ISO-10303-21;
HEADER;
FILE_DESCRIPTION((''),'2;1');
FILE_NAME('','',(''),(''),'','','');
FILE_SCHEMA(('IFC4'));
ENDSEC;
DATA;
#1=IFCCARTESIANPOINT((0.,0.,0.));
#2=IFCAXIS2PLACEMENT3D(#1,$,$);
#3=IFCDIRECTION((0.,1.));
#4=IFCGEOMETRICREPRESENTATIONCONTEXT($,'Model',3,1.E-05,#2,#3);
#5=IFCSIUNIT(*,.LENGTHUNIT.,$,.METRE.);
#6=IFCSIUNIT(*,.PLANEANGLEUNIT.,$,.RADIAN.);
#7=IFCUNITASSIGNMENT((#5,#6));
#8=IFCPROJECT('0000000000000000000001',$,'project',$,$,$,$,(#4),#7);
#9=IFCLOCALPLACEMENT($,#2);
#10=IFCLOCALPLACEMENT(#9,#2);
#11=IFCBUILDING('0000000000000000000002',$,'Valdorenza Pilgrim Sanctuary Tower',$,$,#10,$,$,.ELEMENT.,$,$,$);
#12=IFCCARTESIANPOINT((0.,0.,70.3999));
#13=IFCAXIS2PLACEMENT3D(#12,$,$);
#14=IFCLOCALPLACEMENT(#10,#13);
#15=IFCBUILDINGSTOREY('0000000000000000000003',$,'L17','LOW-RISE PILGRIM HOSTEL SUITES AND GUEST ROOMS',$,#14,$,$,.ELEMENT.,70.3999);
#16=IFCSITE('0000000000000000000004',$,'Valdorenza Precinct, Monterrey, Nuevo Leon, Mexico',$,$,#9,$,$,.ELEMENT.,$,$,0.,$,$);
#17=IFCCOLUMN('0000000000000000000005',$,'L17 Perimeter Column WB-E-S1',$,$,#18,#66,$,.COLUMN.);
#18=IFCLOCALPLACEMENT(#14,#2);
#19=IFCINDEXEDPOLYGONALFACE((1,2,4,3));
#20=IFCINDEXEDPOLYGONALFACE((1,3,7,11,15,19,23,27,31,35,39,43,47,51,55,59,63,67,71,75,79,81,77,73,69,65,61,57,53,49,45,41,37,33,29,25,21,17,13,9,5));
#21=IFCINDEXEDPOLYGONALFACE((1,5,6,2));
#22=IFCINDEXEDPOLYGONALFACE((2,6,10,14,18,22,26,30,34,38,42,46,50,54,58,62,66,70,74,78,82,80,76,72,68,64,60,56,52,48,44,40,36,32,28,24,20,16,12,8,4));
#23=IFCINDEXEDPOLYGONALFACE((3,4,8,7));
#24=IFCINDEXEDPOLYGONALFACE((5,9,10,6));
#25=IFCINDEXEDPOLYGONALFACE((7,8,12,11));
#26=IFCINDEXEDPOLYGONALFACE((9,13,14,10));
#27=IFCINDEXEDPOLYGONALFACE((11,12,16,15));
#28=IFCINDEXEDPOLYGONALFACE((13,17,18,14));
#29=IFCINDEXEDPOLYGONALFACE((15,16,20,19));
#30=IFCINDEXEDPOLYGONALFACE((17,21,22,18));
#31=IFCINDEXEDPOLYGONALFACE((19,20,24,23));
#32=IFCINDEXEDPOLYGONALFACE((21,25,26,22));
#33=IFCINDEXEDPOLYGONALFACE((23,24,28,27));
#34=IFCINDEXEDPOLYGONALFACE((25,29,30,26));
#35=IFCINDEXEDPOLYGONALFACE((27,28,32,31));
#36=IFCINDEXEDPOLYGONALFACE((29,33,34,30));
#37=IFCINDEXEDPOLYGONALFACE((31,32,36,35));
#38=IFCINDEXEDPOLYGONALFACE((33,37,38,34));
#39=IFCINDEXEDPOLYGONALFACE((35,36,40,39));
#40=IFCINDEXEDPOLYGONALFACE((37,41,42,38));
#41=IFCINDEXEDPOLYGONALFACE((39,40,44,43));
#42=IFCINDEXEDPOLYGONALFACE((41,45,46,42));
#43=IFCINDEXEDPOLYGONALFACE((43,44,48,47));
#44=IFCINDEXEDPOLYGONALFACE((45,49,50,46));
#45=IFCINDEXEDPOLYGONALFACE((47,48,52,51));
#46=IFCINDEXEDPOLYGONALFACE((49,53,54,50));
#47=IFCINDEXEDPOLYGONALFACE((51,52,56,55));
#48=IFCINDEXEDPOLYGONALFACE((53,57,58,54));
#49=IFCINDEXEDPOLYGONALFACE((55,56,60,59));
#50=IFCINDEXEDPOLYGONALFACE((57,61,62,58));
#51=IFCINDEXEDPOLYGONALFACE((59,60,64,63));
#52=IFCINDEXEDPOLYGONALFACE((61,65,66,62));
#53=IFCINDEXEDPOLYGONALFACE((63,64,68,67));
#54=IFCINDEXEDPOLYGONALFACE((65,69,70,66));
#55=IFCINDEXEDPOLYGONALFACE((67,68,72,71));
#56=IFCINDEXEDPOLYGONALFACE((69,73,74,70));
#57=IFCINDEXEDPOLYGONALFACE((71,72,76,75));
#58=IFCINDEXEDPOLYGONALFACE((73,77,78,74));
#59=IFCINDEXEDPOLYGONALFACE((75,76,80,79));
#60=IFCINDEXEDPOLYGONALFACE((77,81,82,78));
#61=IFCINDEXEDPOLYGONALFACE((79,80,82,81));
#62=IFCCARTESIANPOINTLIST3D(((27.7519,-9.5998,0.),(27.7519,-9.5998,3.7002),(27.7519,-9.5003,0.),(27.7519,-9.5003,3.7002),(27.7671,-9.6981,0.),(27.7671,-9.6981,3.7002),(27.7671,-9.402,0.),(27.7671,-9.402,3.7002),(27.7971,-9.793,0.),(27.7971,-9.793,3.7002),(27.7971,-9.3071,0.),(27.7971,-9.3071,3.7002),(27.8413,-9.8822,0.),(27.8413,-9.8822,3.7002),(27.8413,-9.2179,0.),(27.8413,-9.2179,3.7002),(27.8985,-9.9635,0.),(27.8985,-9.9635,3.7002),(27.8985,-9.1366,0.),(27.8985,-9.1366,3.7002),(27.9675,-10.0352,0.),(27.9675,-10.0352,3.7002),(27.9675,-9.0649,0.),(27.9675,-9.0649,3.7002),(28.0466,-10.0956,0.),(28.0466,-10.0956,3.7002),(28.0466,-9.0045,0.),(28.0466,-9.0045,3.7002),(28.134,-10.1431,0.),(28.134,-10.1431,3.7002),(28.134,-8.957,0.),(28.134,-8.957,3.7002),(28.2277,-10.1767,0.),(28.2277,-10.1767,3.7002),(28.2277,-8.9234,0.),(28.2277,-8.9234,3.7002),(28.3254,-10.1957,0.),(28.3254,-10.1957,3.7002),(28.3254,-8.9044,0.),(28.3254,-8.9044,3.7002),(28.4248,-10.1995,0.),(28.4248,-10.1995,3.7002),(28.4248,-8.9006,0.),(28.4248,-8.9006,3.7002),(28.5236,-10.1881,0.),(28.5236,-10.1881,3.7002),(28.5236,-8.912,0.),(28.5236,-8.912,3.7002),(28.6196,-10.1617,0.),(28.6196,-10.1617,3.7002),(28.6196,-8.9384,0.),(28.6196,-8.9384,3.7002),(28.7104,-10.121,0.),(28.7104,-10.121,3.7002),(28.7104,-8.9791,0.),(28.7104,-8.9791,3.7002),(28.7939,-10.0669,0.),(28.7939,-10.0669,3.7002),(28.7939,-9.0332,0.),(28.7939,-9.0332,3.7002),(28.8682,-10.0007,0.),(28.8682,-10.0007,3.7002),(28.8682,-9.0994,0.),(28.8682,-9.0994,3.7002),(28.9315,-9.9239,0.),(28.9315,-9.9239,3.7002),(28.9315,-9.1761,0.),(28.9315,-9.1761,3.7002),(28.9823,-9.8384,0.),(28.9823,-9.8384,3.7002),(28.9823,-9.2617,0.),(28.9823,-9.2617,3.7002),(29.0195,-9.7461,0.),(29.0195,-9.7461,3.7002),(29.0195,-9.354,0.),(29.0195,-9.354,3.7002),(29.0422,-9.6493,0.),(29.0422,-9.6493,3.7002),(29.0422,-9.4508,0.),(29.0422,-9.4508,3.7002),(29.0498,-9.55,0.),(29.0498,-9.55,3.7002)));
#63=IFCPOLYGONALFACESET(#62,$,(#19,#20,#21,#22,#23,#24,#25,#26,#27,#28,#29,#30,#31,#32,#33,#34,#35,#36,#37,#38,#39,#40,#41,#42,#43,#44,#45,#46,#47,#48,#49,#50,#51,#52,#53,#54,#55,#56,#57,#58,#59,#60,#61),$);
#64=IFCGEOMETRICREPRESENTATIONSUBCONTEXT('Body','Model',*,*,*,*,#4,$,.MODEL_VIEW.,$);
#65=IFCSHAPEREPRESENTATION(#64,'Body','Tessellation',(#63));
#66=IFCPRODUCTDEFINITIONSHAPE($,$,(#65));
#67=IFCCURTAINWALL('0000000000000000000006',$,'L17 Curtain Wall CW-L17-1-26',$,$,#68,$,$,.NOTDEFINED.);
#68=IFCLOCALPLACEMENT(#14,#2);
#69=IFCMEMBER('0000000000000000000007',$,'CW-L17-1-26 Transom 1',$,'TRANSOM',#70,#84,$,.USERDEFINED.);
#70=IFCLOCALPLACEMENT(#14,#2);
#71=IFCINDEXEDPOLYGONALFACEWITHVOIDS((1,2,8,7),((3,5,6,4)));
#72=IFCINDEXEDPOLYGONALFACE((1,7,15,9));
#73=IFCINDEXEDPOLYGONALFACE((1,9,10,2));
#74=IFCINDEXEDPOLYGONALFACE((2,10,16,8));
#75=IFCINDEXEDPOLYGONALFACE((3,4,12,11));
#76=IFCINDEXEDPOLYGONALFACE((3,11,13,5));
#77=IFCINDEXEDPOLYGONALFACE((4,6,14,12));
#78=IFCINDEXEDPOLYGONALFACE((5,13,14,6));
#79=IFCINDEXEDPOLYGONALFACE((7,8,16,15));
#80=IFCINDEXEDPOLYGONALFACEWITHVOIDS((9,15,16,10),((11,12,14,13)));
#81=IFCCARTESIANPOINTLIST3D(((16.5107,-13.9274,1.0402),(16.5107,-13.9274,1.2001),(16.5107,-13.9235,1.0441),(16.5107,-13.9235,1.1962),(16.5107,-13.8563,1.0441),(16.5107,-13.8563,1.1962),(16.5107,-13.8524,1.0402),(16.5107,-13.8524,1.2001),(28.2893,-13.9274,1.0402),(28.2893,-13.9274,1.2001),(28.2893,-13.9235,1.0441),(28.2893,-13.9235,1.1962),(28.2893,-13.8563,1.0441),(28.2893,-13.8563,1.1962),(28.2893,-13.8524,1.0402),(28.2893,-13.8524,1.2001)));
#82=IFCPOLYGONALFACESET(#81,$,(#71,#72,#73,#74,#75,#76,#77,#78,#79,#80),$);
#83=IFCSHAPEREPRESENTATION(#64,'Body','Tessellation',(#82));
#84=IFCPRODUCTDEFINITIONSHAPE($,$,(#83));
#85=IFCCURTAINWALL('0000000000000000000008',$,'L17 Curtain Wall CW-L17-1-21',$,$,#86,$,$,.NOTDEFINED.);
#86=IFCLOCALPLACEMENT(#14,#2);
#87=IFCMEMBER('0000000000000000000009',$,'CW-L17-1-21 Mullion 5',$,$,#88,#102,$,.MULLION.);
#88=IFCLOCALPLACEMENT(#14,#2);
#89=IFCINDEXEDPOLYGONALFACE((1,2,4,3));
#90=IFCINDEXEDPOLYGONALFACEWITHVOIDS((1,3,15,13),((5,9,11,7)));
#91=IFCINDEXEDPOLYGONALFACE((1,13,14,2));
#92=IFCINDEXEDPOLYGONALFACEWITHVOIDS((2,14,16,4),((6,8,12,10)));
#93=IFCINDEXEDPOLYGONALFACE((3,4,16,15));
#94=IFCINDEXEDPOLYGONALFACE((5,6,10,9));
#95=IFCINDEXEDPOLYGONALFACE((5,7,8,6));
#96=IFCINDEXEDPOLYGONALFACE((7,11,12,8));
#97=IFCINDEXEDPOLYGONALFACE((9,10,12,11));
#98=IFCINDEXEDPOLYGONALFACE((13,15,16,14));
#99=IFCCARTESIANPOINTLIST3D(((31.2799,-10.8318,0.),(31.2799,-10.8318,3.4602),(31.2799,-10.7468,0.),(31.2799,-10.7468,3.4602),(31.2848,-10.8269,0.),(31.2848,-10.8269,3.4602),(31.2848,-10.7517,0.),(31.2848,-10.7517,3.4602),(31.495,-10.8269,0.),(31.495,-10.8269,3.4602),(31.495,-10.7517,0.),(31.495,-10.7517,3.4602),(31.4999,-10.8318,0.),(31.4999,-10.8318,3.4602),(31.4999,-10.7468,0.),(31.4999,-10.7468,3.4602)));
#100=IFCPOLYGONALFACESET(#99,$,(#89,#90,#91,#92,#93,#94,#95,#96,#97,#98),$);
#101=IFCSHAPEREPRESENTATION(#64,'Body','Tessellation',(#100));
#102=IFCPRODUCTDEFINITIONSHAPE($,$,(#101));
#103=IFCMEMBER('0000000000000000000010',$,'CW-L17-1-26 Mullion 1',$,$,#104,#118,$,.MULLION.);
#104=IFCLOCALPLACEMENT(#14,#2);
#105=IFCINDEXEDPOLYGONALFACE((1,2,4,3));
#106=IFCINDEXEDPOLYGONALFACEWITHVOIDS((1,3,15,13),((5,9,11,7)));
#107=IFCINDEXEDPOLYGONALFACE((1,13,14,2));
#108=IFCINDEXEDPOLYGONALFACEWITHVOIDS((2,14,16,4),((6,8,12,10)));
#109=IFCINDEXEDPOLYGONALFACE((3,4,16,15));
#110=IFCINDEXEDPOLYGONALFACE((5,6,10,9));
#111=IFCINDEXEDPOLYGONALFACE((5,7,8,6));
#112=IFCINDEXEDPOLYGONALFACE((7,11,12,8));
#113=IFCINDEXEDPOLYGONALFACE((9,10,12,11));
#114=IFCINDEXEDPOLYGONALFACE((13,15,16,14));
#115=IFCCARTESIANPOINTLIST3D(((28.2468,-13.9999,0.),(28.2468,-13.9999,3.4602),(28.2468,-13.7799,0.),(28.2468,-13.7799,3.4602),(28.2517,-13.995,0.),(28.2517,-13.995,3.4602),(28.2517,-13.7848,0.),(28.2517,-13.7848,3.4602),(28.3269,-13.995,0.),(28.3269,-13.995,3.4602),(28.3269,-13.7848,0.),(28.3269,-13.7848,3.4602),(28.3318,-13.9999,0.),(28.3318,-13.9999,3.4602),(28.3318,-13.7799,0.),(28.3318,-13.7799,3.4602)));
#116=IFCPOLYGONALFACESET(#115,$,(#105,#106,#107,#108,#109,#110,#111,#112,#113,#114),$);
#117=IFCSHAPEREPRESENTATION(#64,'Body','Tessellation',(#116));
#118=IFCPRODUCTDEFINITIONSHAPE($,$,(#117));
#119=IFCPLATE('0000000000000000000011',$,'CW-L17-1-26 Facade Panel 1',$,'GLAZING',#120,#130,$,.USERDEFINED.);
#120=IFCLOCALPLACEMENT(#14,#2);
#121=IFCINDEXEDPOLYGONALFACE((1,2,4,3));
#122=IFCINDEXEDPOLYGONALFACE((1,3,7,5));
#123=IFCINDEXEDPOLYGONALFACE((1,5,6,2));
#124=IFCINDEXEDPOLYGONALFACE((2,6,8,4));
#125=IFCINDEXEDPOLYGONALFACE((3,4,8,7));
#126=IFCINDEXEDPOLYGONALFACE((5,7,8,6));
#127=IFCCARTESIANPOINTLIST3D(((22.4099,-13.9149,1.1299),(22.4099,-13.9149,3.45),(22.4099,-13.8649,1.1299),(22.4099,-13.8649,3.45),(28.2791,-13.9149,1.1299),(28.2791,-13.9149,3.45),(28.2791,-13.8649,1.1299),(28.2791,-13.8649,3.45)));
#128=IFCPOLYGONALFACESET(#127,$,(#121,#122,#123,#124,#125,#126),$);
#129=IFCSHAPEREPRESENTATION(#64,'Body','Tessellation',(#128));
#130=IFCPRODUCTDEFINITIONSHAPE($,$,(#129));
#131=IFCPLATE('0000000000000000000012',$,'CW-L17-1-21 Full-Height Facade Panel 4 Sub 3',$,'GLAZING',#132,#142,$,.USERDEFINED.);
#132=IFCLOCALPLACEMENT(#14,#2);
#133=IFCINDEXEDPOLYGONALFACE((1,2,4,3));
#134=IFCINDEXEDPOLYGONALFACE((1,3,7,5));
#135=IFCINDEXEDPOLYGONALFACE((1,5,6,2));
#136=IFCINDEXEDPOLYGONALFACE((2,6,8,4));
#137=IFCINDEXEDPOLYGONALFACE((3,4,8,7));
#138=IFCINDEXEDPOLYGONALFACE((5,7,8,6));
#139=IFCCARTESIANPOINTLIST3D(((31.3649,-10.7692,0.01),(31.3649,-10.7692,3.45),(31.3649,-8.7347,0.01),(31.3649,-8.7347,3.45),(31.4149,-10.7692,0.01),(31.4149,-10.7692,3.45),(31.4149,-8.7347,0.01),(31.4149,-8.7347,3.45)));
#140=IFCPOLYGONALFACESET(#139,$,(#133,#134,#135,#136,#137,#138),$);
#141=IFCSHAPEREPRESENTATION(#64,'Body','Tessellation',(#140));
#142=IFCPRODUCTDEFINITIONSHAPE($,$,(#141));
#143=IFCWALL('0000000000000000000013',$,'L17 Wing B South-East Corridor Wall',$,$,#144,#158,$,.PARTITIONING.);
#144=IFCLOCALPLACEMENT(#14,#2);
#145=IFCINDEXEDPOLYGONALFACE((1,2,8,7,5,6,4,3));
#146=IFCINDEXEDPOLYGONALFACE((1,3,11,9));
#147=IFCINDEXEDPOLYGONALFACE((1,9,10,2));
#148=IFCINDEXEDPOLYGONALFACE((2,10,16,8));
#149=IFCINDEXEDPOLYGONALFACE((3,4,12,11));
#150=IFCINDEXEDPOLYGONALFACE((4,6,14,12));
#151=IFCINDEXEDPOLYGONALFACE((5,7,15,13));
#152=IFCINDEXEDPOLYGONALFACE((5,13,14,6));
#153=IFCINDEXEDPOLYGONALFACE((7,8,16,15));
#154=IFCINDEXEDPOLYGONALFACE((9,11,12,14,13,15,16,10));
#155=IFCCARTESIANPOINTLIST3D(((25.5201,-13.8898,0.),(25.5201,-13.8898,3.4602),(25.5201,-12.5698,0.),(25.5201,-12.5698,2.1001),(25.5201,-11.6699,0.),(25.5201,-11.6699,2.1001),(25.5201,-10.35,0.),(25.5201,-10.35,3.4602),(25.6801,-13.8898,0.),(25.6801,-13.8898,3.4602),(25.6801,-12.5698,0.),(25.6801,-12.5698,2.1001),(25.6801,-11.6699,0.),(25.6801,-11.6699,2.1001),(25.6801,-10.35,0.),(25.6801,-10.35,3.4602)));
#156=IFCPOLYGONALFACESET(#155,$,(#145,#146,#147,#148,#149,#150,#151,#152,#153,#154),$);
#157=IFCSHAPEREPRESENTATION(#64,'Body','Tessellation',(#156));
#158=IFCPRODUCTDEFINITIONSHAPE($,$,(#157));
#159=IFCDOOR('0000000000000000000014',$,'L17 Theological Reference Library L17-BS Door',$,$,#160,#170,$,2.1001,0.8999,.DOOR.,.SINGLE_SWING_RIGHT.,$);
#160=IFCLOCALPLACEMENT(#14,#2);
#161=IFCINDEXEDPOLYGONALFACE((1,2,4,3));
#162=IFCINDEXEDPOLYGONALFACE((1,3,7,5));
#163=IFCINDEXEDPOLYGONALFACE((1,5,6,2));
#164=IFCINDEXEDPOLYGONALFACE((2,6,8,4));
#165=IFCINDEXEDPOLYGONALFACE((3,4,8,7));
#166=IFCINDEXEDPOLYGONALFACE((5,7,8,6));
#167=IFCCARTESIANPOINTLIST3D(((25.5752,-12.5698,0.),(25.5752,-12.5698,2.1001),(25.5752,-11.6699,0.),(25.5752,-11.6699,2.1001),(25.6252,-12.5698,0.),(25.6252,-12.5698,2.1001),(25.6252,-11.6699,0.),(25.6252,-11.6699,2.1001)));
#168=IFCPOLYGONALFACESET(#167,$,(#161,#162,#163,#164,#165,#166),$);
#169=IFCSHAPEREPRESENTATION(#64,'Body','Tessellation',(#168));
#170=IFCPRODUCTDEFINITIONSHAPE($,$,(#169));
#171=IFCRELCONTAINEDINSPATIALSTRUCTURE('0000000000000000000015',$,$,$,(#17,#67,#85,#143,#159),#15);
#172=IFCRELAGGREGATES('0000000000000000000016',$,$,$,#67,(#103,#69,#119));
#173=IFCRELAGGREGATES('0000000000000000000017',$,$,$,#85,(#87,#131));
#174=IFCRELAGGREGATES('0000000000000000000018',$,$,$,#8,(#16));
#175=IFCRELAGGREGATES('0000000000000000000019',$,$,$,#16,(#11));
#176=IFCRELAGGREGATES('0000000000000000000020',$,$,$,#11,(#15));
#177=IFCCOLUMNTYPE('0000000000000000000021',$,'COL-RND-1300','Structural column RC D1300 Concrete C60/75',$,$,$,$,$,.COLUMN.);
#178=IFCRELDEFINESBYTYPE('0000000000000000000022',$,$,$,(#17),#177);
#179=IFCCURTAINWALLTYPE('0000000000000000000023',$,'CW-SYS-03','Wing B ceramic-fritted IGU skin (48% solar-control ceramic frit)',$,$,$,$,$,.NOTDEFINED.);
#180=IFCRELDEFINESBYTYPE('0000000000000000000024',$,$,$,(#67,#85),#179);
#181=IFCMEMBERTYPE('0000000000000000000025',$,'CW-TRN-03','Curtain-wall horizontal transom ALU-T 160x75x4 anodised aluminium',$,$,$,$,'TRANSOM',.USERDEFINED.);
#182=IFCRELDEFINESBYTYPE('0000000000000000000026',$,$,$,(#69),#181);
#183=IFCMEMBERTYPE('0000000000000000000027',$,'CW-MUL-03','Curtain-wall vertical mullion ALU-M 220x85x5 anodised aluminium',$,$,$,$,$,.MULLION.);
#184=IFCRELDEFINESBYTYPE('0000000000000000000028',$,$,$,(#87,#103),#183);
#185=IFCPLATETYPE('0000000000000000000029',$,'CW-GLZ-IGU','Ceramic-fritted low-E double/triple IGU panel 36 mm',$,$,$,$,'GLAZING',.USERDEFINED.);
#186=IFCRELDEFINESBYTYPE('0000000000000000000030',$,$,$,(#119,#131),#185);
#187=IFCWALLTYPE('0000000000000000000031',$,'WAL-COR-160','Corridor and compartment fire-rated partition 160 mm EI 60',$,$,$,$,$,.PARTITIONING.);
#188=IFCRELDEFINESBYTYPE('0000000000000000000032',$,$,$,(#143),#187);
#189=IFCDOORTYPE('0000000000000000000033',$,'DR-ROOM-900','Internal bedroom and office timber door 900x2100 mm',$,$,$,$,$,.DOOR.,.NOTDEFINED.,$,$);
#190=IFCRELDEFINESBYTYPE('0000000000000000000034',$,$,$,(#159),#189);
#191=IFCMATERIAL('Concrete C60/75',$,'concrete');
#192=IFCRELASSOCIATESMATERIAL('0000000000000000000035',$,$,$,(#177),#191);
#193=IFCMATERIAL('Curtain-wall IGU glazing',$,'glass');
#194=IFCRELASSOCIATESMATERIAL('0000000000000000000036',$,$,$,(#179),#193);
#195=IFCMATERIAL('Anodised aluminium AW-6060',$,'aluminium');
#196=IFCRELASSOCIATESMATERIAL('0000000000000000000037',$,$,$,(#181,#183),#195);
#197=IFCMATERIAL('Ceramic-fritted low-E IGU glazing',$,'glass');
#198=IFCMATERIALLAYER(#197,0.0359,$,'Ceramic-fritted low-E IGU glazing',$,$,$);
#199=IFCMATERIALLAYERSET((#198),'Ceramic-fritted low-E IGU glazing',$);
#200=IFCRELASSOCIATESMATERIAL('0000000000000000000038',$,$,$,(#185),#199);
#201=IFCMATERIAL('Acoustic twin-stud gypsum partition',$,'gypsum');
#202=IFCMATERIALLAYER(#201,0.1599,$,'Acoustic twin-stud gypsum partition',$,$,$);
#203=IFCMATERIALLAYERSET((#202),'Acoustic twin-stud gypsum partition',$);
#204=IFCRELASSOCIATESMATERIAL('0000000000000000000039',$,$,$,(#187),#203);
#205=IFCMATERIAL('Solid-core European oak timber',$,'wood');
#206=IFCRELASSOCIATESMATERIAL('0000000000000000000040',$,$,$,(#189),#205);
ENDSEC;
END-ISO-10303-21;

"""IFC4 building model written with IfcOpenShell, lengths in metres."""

from ifc_helpers import new_model, si_unit, direction, frame, frame_2d, origin, origin_2d, place, context, subcontext, project, spatial, rectangle, hollow_rectangle, circle, extrude, source, transform, mapped, material, layer, layer_set, material_profile, profile_set, type_object, element, fill, aggregate, save


model = new_model("IFC4")

# Units and contexts
model_context = context("Model", 3, precision=1e-05, world=origin(), true_north=direction((0.0, 1.0)))
body_context = subcontext(model_context, "Body", "Model", "MODEL_VIEW")
ifc_project = project(units=[si_unit("LENGTHUNIT", "METRE"), si_unit("PLANEANGLEUNIT", "RADIAN")], contexts=[model_context])

# Site, building, storey
site_placement = place(None, origin())
site = spatial("IfcSite", under=ifc_project, at=site_placement, Name="Valdorenza Precinct, Monterrey, Nuevo Leon, Mexico", CompositionType="ELEMENT", RefElevation=0.0)
building_placement = place(site_placement, origin())
building = spatial("IfcBuilding", under=site, at=building_placement, Name="Valdorenza Pilgrim Sanctuary Tower", CompositionType="ELEMENT")
storey_placement = place(building_placement, frame((0.0, 0.0, 70.3999)))
storey = spatial("IfcBuildingStorey", under=building, at=storey_placement, Name="L17", Description="LOW-RISE PILGRIM HOSTEL SUITES AND GUEST ROOMS", CompositionType="ELEMENT", Elevation=70.3999)

# Column
ifc_material_1 = material(Name="Concrete C60/75", Category="concrete")
ifc_material_profile_1 = material_profile(ifc_material_1, circle(Radius=0.6499, at=origin_2d()), Name="RC D1300")
ifc_profile_set_1 = profile_set([ifc_material_profile_1], Name="Concrete C60/75")
column_type = type_object("IfcColumnType", Name="COL-RND-1300", Description="Structural column RC D1300 Concrete C60/75", PredefinedType="COLUMN", material=ifc_profile_set_1)
shared_shape_1 = source(origin(), body_context, "Body", "SweptSolid", [
    extrude(circle(Radius=0.6499, at=origin_2d()), origin(), (0.0, 0.0, 1.0), 3.7002),
])
column_placement = place(storey_placement, frame((28.3999, -9.55, 0.0), z_axis=(0.0, 0.0, 1.0), x_axis=(1.0, 0.0, 0.0)))
element("IfcColumn", 1, at=column_placement, inside=storey, type_object=column_type, Name="L17 Perimeter Column WB-E-S1", PredefinedType="COLUMN", context=body_context, shape_type="MappedRepresentation", body=[
    mapped(shared_shape_1, transform((0.0, 0.0, 0.0), x_axis=(1.0, 0.0, 0.0), y_axis=(0.0, 1.0, 0.0), z_axis=(0.0, 0.0, 1.0), scale=1.0)),
])

# Curtain walls, members
ifc_material_2 = material(Name="Curtain-wall IGU glazing", Category="glass")
curtain_wall_type = type_object("IfcCurtainWallType", Name="CW-SYS-03", Description="Wing B ceramic-fritted IGU skin (48% solar-control ceramic frit)", PredefinedType="NOTDEFINED", material=ifc_material_2)
curtain_wall_1_placement = place(storey_placement, origin())
curtain_wall_1 = element("IfcCurtainWall", 2, at=curtain_wall_1_placement, inside=storey, type_object=curtain_wall_type, Name="L17 Curtain Wall CW-L17-1-26", PredefinedType="NOTDEFINED")
ifc_material_3 = material(Name="Anodised aluminium AW-6060", Category="aluminium")
ifc_material_profile_2 = material_profile(ifc_material_3, hollow_rectangle(XDim=0.075, YDim=0.1599, WallThickness=0.0039, at=origin_2d()), Name="ALU-T 160x75x4")
ifc_profile_set_2 = profile_set([ifc_material_profile_2], Name="Anodised aluminium AW-6060")
member_type_1 = type_object("IfcMemberType", Name="CW-TRN-03", Description="Curtain-wall horizontal transom ALU-T 160x75x4 anodised aluminium", ElementType="TRANSOM", PredefinedType="USERDEFINED", material=ifc_profile_set_2)
shared_shape_2 = source(origin(), body_context, "Body", "SweptSolid", [
    extrude(hollow_rectangle(XDim=0.075, YDim=0.1599, WallThickness=0.0039, at=origin_2d()), origin(), (0.0, 0.0, 1.0), 11.7786),
])
member_1_placement = place(storey_placement, frame((28.2893, -13.8899, 1.1201), z_axis=(-1.0, 0.0, 0.0), x_axis=(0.0, -1.0, 0.0)))
member_1 = element("IfcMember", 3, at=member_1_placement, type_object=member_type_1, Name="CW-L17-1-26 Transom 1", ObjectType="TRANSOM", PredefinedType="USERDEFINED", context=body_context, shape_type="MappedRepresentation", body=[
    mapped(shared_shape_2, transform((0.0, 0.0, 0.0), x_axis=(1.0, 0.0, 0.0), y_axis=(0.0, 1.0, 0.0), z_axis=(0.0, 0.0, 1.0), scale=1.0)),
])
curtain_wall_2_placement = place(storey_placement, origin())
curtain_wall_2 = element("IfcCurtainWall", 4, at=curtain_wall_2_placement, inside=storey, type_object=curtain_wall_type, Name="L17 Curtain Wall CW-L17-1-21", PredefinedType="NOTDEFINED")
ifc_material_profile_3 = material_profile(ifc_material_3, hollow_rectangle(XDim=0.085, YDim=0.22, WallThickness=0.0049, at=origin_2d()), Name="ALU-M 220x85x5")
ifc_profile_set_3 = profile_set([ifc_material_profile_3], Name="Anodised aluminium AW-6060")
member_type_2 = type_object("IfcMemberType", Name="CW-MUL-03", Description="Curtain-wall vertical mullion ALU-M 220x85x5 anodised aluminium", PredefinedType="MULLION", material=ifc_profile_set_3)
shared_shape_3 = source(origin(), body_context, "Body", "SweptSolid", [
    extrude(hollow_rectangle(XDim=0.085, YDim=0.22, WallThickness=0.0049, at=origin_2d()), origin(), (0.0, 0.0, 1.0), 3.4602),
])
member_2_placement = place(storey_placement, frame((31.3899, -10.7893, 0.0), z_axis=(0.0, 0.0, 1.0), x_axis=(0.0, -1.0, 0.0)))
member_2 = element("IfcMember", 5, at=member_2_placement, type_object=member_type_2, Name="CW-L17-1-21 Mullion 5", PredefinedType="MULLION", context=body_context, shape_type="MappedRepresentation", body=[
    mapped(shared_shape_3, transform((0.0, 0.0, 0.0), x_axis=(1.0, 0.0, 0.0), y_axis=(0.0, 1.0, 0.0), z_axis=(0.0, 0.0, 1.0), scale=1.0)),
])

# Member
member_3_placement = place(storey_placement, frame((28.2893, -13.8899, 0.0), z_axis=(0.0, 0.0, 1.0), x_axis=(-1.0, 0.0, 0.0)))
member_3 = element("IfcMember", 6, at=member_3_placement, type_object=member_type_2, Name="CW-L17-1-26 Mullion 1", PredefinedType="MULLION", context=body_context, shape_type="MappedRepresentation", body=[
    mapped(shared_shape_3, transform((0.0, 0.0, 0.0), x_axis=(1.0, 0.0, 0.0), y_axis=(0.0, 1.0, 0.0), z_axis=(0.0, 0.0, 1.0), scale=1.0)),
])

# Plates
ifc_material_4 = material(Name="Ceramic-fritted low-E IGU glazing", Category="glass")
ifc_layer_1 = layer(ifc_material_4, 0.0359, Name="Ceramic-fritted low-E IGU glazing")
ifc_layer_set_1 = layer_set([ifc_layer_1], Name="Ceramic-fritted low-E IGU glazing")
plate_type = type_object("IfcPlateType", Name="CW-GLZ-IGU", Description="Ceramic-fritted low-E double/triple IGU panel 36 mm", ElementType="GLAZING", PredefinedType="USERDEFINED", material=ifc_layer_set_1)
shared_shape_4 = source(origin(), body_context, "Body", "SweptSolid", [
    extrude(rectangle(XDim=5.8691, YDim=0.05, at=origin_2d()), origin(), (0.0, 0.0, 1.0), 2.3201),
])
plate_1_placement = place(storey_placement, frame((25.3445, -13.8899, 1.1299), z_axis=(0.0, 0.0, 1.0), x_axis=(-1.0, 0.0, 0.0)))
plate_1 = element("IfcPlate", 7, at=plate_1_placement, type_object=plate_type, Name="CW-L17-1-26 Facade Panel 1", ObjectType="GLAZING", PredefinedType="USERDEFINED", context=body_context, shape_type="MappedRepresentation", body=[
    mapped(shared_shape_4, transform((0.0, 0.0, 0.0), x_axis=(1.0, 0.0, 0.0), y_axis=(0.0, 1.0, 0.0), z_axis=(0.0, 0.0, 1.0), scale=1.0)),
])
aggregate(curtain_wall_1, [member_3, member_1, plate_1])
shared_shape_5 = source(origin(), body_context, "Body", "SweptSolid", [
    extrude(rectangle(XDim=2.0344, YDim=0.05, at=origin_2d()), origin(), (0.0, 0.0, 1.0), 3.4399),
])
plate_2_placement = place(storey_placement, frame((31.3899, -9.752, 0.01), z_axis=(0.0, 0.0, 1.0), x_axis=(0.0, -1.0, 0.0)))
plate_2 = element("IfcPlate", 8, at=plate_2_placement, type_object=plate_type, Name="CW-L17-1-21 Full-Height Facade Panel 4 Sub 3", ObjectType="GLAZING", PredefinedType="USERDEFINED", context=body_context, shape_type="MappedRepresentation", body=[
    mapped(shared_shape_5, transform((0.0, 0.0, 0.0), x_axis=(1.0, 0.0, 0.0), y_axis=(0.0, 1.0, 0.0), z_axis=(0.0, 0.0, 1.0), scale=1.0)),
])
aggregate(curtain_wall_2, [member_2, plate_2])

# Wall, opening, door
ifc_material_5 = material(Name="Acoustic twin-stud gypsum partition", Category="gypsum")
ifc_layer_2 = layer(ifc_material_5, 0.1599, Name="Acoustic twin-stud gypsum partition")
ifc_layer_set_2 = layer_set([ifc_layer_2], Name="Acoustic twin-stud gypsum partition")
wall_type_1 = type_object("IfcWallType", Name="WAL-COR-160", Description="Corridor and compartment fire-rated partition 160 mm EI 60", PredefinedType="PARTITIONING", material=ifc_layer_set_2)
wall_1_placement = place(storey_placement, frame((25.6001, -13.8899, 0.0), z_axis=(0.0, 0.0, 1.0), x_axis=(0.0, 1.0, 0.0)))
wall_1 = element("IfcWall", 9, at=wall_1_placement, inside=storey, type_object=wall_type_1, Name="L17 Wing B South-East Corridor Wall", PredefinedType="PARTITIONING", context=body_context, shape_type="SweptSolid", body=[
    extrude(rectangle(XDim=3.5398, YDim=0.1599, at=frame_2d((1.77, 0.0))), origin(), (0.0, 0.0, 1.0), 3.4602),
])
opening_1_placement = place(wall_1_placement, frame((1.3201, 0.0, 0.0)))
opening_1 = element("IfcOpeningElement", 10, at=opening_1_placement, cuts=wall_1, PredefinedType="OPENING", context=body_context, shape_type="SweptSolid", body=[
    extrude(rectangle(XDim=0.8999, YDim=2.1001, at=frame_2d((0.45, 1.05))), frame((0.0, 0.0947, 0.0), z_axis=(0.0, -1.0, 0.0), x_axis=(1.0, 0.0, 0.0)), (0.0, 0.0, 1.0), 0.1897),
])
ifc_material_6 = material(Name="Solid-core European oak timber", Category="wood")
door_type_1 = type_object("IfcDoorType", Name="DR-ROOM-900", Description="Internal bedroom and office timber door 900x2100 mm", OperationType="NOTDEFINED", PredefinedType="DOOR", material=ifc_material_6)
door_1_placement = place(opening_1_placement, origin())
door_1 = element("IfcDoor", 11, at=door_1_placement, inside=storey, type_object=door_type_1, Name="L17 Theological Reference Library L17-BS Door", OperationType="SINGLE_SWING_RIGHT", OverallHeight=2.1001, OverallWidth=0.8999, PredefinedType="DOOR", context=body_context, shape_type="SweptSolid", body=[
    extrude(rectangle(XDim=0.8999, YDim=2.1001, at=frame_2d((0.45, 1.05))), frame((0.0, 0.0249, 0.0), z_axis=(0.0, -1.0, 0.0), x_axis=(1.0, 0.0, 0.0)), (0.0, 0.0, 1.0), 0.05),
])
fill(opening_1, door_1)

save(model, "model.ifc")
